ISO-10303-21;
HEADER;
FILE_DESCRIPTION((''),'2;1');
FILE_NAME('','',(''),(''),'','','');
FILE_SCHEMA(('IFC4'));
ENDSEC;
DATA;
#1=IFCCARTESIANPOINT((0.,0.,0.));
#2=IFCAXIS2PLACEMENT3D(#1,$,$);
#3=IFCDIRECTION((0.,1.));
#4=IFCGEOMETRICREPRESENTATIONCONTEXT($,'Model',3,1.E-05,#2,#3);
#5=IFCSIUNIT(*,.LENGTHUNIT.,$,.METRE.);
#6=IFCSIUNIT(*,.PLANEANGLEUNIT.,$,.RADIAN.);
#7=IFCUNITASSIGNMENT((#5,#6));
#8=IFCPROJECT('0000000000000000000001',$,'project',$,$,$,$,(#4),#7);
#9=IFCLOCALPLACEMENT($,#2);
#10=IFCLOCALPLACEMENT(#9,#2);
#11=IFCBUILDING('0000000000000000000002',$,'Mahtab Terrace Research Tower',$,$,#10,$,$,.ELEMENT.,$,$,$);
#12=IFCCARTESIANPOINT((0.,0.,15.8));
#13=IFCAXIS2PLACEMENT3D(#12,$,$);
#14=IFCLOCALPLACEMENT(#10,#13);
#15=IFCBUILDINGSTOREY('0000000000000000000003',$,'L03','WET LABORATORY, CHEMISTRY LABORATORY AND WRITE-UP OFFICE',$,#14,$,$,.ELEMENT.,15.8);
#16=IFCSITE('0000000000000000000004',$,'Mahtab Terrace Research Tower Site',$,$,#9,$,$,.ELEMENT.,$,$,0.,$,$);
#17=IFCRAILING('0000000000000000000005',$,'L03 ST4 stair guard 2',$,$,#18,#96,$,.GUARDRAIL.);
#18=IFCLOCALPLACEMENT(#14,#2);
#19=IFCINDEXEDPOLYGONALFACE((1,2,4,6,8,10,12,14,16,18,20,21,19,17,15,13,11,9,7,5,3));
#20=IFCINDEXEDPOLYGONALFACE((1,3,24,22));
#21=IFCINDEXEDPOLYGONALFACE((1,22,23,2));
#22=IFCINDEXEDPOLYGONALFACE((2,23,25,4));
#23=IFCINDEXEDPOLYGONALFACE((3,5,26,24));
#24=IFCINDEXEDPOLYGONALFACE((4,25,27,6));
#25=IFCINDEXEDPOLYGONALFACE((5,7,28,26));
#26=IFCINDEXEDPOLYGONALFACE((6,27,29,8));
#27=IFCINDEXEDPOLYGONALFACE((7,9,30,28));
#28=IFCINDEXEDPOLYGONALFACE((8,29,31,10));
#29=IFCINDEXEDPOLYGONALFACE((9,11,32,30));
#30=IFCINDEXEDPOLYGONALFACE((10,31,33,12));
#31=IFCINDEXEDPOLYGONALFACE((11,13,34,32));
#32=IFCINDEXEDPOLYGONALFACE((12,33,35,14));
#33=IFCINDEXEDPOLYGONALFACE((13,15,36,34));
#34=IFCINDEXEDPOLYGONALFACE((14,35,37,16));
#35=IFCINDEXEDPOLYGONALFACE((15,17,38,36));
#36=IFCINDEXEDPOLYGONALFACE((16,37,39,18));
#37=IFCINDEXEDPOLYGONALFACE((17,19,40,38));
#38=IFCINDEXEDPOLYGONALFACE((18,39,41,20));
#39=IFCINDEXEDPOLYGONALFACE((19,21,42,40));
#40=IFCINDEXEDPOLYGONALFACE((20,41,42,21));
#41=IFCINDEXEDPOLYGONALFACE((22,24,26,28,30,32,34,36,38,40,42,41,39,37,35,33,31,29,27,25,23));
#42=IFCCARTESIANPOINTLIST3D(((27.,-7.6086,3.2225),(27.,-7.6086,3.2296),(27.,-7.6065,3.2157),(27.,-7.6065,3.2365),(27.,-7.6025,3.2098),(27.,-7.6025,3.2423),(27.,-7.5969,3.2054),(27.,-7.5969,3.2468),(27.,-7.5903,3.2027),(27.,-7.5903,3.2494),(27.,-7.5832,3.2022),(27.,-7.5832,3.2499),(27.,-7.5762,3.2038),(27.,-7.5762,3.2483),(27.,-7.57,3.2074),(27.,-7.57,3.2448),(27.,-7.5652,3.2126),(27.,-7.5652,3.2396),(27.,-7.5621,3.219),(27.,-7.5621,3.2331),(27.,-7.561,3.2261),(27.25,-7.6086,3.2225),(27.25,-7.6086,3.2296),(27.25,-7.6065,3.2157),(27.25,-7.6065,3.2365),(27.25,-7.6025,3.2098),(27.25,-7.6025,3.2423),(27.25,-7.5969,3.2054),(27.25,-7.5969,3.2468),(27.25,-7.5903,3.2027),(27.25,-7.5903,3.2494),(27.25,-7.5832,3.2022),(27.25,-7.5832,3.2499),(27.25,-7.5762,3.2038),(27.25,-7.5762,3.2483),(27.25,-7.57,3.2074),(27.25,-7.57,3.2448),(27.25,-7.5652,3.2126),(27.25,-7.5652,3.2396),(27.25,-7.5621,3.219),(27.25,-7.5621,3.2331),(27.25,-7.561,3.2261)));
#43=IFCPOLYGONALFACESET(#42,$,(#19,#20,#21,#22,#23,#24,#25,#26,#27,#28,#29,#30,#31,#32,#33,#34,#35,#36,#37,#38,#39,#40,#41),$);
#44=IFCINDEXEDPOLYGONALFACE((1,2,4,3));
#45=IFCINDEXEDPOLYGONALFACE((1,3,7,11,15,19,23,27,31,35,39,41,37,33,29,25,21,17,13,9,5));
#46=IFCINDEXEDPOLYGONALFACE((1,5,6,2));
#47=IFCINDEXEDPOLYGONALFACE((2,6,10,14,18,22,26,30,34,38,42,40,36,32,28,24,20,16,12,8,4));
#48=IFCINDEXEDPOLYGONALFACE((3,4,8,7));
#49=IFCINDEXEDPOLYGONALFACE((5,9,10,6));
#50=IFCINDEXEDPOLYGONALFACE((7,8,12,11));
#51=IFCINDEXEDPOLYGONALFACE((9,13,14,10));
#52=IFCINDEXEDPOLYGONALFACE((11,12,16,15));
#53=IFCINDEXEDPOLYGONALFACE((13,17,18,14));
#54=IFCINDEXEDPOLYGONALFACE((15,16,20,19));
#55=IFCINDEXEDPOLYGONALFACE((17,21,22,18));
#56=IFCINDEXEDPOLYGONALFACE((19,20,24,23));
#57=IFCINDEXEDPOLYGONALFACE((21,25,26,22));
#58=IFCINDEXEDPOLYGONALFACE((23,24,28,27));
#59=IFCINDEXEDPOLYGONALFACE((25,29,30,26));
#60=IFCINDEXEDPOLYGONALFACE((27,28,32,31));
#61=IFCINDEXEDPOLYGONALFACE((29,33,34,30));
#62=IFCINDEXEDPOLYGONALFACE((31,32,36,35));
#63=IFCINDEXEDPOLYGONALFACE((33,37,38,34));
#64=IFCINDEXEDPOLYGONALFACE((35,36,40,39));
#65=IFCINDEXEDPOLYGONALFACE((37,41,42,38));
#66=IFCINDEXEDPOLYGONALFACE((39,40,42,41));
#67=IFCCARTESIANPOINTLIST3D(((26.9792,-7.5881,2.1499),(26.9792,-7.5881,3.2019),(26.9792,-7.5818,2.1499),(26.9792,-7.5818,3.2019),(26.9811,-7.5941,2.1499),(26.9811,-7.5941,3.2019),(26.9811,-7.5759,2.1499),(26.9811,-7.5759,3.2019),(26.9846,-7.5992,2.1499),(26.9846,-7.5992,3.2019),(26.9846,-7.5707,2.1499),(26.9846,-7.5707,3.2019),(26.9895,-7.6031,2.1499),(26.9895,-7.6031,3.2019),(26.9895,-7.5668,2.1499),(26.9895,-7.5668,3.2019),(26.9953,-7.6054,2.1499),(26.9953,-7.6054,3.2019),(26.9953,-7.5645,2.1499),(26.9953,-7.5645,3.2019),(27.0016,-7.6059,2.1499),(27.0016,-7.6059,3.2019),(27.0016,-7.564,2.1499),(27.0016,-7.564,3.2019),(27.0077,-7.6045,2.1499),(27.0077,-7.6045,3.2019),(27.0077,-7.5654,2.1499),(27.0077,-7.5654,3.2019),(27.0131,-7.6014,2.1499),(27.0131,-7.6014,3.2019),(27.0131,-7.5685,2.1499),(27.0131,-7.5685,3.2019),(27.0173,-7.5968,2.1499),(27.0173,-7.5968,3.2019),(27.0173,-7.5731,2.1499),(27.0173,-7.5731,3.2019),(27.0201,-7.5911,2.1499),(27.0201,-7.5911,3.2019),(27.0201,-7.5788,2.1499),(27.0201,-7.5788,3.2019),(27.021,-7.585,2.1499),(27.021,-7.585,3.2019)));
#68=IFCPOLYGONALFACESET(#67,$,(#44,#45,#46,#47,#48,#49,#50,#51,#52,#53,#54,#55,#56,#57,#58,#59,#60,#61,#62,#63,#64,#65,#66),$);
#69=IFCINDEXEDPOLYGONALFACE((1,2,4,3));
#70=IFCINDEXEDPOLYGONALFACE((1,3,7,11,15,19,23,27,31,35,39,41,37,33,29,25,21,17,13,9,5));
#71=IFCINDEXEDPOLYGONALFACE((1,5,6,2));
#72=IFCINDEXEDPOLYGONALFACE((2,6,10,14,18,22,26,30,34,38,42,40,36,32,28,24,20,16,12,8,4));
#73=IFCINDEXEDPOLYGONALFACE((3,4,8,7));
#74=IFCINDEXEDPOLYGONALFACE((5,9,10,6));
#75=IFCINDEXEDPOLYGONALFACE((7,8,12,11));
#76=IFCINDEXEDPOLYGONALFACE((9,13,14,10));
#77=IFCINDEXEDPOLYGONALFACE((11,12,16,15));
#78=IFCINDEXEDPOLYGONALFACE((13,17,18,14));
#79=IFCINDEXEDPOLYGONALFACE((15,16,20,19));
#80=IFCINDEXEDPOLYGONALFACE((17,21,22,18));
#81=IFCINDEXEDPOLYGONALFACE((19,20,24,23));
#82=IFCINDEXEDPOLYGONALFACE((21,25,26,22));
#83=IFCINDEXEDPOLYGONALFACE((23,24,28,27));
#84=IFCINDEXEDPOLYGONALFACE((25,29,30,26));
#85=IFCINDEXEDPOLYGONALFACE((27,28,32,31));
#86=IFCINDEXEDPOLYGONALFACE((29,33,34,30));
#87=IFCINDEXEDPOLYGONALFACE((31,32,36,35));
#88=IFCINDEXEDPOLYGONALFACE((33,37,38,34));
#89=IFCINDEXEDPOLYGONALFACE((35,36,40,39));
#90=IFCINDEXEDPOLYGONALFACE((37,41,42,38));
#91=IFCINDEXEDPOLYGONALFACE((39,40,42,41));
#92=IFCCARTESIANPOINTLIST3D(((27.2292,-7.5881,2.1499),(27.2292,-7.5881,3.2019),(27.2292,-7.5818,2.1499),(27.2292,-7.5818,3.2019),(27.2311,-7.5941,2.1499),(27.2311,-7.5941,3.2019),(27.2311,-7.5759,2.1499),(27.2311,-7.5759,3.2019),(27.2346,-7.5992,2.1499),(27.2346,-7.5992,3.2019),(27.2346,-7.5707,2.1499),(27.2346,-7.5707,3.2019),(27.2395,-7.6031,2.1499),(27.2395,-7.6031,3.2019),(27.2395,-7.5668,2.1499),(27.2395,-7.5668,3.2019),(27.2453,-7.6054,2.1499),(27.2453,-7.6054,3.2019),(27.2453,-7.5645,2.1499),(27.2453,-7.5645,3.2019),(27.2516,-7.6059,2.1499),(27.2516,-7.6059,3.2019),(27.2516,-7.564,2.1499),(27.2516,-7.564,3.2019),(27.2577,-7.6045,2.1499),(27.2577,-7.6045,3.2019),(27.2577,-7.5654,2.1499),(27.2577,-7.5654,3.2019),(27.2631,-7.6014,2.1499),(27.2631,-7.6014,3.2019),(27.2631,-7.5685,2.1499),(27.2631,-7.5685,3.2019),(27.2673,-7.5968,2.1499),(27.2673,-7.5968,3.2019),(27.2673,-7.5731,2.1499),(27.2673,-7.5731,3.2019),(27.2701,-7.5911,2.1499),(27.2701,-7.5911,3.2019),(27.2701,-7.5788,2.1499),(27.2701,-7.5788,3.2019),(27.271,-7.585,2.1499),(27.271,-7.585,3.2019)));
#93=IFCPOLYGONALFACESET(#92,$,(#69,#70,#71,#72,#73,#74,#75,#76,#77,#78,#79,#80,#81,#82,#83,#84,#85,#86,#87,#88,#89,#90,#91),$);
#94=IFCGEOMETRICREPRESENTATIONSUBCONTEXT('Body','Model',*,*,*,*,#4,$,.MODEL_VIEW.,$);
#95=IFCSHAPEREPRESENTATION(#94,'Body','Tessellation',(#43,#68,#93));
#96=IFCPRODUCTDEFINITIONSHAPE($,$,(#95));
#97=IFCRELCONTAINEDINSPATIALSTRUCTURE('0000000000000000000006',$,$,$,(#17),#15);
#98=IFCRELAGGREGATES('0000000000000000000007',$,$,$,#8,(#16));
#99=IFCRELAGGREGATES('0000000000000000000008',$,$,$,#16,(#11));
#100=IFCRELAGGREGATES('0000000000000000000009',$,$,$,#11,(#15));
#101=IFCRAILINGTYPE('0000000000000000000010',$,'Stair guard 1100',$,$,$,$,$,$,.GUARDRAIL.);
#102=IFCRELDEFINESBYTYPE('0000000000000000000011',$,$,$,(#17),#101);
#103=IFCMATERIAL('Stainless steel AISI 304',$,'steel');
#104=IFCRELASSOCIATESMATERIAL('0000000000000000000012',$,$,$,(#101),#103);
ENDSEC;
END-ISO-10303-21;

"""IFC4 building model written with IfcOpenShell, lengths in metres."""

from ifc_helpers import new_model, si_unit, direction, frame, origin, origin_2d, place, context, subcontext, project, spatial, circle, extrude, material, type_object, element, save


model = new_model("IFC4")

# Units and contexts
model_context = context("Model", 3, precision=1e-05, world=origin(), true_north=direction((0.0, 1.0)))
body_context = subcontext(model_context, "Body", "Model", "MODEL_VIEW")
ifc_project = project(units=[si_unit("LENGTHUNIT", "METRE"), si_unit("PLANEANGLEUNIT", "RADIAN")], contexts=[model_context])

# Site, building, storey
site_placement = place(None, origin())
site = spatial("IfcSite", under=ifc_project, at=site_placement, Name="Mahtab Terrace Research Tower Site", CompositionType="ELEMENT", RefElevation=0.0)
building_placement = place(site_placement, origin())
building = spatial("IfcBuilding", under=site, at=building_placement, Name="Mahtab Terrace Research Tower", CompositionType="ELEMENT")
storey_placement = place(building_placement, frame((0.0, 0.0, 15.8)))
storey = spatial("IfcBuildingStorey", under=building, at=storey_placement, Name="L03", Description="WET LABORATORY, CHEMISTRY LABORATORY AND WRITE-UP OFFICE", CompositionType="ELEMENT", Elevation=15.8)

# Shared definitions
ifc_material_1 = material(Name="Stainless steel AISI 304", Category="steel")

# Railing
railing_type_1 = type_object("IfcRailingType", Name="Stair guard 1100", PredefinedType="GUARDRAIL", material=ifc_material_1)
railing_1_placement = place(storey_placement, frame((27.0, -7.585, 2.1499)))
element("IfcRailing", 1, at=railing_1_placement, inside=storey, type_object=railing_type_1, Name="L03 ST4 stair guard 2", PredefinedType="GUARDRAIL", context=body_context, shape_type="SweptSolid", body=[
    extrude(circle(Radius=0.0239, at=origin_2d()), frame((0.0, 0.0, 1.0762), z_axis=(1.0, 0.0, 0.0), x_axis=(0.0, 1.0, 0.0)), (0.0, 0.0, 1.0), 0.25),
    extrude(circle(Radius=0.021, at=origin_2d()), origin(), (0.0, 0.0, 1.0), 1.052),
    extrude(circle(Radius=0.021, at=origin_2d()), frame((0.25, 0.0, 0.0)), (0.0, 0.0, 1.0), 1.052),
])

save(model, "model.ifc")
